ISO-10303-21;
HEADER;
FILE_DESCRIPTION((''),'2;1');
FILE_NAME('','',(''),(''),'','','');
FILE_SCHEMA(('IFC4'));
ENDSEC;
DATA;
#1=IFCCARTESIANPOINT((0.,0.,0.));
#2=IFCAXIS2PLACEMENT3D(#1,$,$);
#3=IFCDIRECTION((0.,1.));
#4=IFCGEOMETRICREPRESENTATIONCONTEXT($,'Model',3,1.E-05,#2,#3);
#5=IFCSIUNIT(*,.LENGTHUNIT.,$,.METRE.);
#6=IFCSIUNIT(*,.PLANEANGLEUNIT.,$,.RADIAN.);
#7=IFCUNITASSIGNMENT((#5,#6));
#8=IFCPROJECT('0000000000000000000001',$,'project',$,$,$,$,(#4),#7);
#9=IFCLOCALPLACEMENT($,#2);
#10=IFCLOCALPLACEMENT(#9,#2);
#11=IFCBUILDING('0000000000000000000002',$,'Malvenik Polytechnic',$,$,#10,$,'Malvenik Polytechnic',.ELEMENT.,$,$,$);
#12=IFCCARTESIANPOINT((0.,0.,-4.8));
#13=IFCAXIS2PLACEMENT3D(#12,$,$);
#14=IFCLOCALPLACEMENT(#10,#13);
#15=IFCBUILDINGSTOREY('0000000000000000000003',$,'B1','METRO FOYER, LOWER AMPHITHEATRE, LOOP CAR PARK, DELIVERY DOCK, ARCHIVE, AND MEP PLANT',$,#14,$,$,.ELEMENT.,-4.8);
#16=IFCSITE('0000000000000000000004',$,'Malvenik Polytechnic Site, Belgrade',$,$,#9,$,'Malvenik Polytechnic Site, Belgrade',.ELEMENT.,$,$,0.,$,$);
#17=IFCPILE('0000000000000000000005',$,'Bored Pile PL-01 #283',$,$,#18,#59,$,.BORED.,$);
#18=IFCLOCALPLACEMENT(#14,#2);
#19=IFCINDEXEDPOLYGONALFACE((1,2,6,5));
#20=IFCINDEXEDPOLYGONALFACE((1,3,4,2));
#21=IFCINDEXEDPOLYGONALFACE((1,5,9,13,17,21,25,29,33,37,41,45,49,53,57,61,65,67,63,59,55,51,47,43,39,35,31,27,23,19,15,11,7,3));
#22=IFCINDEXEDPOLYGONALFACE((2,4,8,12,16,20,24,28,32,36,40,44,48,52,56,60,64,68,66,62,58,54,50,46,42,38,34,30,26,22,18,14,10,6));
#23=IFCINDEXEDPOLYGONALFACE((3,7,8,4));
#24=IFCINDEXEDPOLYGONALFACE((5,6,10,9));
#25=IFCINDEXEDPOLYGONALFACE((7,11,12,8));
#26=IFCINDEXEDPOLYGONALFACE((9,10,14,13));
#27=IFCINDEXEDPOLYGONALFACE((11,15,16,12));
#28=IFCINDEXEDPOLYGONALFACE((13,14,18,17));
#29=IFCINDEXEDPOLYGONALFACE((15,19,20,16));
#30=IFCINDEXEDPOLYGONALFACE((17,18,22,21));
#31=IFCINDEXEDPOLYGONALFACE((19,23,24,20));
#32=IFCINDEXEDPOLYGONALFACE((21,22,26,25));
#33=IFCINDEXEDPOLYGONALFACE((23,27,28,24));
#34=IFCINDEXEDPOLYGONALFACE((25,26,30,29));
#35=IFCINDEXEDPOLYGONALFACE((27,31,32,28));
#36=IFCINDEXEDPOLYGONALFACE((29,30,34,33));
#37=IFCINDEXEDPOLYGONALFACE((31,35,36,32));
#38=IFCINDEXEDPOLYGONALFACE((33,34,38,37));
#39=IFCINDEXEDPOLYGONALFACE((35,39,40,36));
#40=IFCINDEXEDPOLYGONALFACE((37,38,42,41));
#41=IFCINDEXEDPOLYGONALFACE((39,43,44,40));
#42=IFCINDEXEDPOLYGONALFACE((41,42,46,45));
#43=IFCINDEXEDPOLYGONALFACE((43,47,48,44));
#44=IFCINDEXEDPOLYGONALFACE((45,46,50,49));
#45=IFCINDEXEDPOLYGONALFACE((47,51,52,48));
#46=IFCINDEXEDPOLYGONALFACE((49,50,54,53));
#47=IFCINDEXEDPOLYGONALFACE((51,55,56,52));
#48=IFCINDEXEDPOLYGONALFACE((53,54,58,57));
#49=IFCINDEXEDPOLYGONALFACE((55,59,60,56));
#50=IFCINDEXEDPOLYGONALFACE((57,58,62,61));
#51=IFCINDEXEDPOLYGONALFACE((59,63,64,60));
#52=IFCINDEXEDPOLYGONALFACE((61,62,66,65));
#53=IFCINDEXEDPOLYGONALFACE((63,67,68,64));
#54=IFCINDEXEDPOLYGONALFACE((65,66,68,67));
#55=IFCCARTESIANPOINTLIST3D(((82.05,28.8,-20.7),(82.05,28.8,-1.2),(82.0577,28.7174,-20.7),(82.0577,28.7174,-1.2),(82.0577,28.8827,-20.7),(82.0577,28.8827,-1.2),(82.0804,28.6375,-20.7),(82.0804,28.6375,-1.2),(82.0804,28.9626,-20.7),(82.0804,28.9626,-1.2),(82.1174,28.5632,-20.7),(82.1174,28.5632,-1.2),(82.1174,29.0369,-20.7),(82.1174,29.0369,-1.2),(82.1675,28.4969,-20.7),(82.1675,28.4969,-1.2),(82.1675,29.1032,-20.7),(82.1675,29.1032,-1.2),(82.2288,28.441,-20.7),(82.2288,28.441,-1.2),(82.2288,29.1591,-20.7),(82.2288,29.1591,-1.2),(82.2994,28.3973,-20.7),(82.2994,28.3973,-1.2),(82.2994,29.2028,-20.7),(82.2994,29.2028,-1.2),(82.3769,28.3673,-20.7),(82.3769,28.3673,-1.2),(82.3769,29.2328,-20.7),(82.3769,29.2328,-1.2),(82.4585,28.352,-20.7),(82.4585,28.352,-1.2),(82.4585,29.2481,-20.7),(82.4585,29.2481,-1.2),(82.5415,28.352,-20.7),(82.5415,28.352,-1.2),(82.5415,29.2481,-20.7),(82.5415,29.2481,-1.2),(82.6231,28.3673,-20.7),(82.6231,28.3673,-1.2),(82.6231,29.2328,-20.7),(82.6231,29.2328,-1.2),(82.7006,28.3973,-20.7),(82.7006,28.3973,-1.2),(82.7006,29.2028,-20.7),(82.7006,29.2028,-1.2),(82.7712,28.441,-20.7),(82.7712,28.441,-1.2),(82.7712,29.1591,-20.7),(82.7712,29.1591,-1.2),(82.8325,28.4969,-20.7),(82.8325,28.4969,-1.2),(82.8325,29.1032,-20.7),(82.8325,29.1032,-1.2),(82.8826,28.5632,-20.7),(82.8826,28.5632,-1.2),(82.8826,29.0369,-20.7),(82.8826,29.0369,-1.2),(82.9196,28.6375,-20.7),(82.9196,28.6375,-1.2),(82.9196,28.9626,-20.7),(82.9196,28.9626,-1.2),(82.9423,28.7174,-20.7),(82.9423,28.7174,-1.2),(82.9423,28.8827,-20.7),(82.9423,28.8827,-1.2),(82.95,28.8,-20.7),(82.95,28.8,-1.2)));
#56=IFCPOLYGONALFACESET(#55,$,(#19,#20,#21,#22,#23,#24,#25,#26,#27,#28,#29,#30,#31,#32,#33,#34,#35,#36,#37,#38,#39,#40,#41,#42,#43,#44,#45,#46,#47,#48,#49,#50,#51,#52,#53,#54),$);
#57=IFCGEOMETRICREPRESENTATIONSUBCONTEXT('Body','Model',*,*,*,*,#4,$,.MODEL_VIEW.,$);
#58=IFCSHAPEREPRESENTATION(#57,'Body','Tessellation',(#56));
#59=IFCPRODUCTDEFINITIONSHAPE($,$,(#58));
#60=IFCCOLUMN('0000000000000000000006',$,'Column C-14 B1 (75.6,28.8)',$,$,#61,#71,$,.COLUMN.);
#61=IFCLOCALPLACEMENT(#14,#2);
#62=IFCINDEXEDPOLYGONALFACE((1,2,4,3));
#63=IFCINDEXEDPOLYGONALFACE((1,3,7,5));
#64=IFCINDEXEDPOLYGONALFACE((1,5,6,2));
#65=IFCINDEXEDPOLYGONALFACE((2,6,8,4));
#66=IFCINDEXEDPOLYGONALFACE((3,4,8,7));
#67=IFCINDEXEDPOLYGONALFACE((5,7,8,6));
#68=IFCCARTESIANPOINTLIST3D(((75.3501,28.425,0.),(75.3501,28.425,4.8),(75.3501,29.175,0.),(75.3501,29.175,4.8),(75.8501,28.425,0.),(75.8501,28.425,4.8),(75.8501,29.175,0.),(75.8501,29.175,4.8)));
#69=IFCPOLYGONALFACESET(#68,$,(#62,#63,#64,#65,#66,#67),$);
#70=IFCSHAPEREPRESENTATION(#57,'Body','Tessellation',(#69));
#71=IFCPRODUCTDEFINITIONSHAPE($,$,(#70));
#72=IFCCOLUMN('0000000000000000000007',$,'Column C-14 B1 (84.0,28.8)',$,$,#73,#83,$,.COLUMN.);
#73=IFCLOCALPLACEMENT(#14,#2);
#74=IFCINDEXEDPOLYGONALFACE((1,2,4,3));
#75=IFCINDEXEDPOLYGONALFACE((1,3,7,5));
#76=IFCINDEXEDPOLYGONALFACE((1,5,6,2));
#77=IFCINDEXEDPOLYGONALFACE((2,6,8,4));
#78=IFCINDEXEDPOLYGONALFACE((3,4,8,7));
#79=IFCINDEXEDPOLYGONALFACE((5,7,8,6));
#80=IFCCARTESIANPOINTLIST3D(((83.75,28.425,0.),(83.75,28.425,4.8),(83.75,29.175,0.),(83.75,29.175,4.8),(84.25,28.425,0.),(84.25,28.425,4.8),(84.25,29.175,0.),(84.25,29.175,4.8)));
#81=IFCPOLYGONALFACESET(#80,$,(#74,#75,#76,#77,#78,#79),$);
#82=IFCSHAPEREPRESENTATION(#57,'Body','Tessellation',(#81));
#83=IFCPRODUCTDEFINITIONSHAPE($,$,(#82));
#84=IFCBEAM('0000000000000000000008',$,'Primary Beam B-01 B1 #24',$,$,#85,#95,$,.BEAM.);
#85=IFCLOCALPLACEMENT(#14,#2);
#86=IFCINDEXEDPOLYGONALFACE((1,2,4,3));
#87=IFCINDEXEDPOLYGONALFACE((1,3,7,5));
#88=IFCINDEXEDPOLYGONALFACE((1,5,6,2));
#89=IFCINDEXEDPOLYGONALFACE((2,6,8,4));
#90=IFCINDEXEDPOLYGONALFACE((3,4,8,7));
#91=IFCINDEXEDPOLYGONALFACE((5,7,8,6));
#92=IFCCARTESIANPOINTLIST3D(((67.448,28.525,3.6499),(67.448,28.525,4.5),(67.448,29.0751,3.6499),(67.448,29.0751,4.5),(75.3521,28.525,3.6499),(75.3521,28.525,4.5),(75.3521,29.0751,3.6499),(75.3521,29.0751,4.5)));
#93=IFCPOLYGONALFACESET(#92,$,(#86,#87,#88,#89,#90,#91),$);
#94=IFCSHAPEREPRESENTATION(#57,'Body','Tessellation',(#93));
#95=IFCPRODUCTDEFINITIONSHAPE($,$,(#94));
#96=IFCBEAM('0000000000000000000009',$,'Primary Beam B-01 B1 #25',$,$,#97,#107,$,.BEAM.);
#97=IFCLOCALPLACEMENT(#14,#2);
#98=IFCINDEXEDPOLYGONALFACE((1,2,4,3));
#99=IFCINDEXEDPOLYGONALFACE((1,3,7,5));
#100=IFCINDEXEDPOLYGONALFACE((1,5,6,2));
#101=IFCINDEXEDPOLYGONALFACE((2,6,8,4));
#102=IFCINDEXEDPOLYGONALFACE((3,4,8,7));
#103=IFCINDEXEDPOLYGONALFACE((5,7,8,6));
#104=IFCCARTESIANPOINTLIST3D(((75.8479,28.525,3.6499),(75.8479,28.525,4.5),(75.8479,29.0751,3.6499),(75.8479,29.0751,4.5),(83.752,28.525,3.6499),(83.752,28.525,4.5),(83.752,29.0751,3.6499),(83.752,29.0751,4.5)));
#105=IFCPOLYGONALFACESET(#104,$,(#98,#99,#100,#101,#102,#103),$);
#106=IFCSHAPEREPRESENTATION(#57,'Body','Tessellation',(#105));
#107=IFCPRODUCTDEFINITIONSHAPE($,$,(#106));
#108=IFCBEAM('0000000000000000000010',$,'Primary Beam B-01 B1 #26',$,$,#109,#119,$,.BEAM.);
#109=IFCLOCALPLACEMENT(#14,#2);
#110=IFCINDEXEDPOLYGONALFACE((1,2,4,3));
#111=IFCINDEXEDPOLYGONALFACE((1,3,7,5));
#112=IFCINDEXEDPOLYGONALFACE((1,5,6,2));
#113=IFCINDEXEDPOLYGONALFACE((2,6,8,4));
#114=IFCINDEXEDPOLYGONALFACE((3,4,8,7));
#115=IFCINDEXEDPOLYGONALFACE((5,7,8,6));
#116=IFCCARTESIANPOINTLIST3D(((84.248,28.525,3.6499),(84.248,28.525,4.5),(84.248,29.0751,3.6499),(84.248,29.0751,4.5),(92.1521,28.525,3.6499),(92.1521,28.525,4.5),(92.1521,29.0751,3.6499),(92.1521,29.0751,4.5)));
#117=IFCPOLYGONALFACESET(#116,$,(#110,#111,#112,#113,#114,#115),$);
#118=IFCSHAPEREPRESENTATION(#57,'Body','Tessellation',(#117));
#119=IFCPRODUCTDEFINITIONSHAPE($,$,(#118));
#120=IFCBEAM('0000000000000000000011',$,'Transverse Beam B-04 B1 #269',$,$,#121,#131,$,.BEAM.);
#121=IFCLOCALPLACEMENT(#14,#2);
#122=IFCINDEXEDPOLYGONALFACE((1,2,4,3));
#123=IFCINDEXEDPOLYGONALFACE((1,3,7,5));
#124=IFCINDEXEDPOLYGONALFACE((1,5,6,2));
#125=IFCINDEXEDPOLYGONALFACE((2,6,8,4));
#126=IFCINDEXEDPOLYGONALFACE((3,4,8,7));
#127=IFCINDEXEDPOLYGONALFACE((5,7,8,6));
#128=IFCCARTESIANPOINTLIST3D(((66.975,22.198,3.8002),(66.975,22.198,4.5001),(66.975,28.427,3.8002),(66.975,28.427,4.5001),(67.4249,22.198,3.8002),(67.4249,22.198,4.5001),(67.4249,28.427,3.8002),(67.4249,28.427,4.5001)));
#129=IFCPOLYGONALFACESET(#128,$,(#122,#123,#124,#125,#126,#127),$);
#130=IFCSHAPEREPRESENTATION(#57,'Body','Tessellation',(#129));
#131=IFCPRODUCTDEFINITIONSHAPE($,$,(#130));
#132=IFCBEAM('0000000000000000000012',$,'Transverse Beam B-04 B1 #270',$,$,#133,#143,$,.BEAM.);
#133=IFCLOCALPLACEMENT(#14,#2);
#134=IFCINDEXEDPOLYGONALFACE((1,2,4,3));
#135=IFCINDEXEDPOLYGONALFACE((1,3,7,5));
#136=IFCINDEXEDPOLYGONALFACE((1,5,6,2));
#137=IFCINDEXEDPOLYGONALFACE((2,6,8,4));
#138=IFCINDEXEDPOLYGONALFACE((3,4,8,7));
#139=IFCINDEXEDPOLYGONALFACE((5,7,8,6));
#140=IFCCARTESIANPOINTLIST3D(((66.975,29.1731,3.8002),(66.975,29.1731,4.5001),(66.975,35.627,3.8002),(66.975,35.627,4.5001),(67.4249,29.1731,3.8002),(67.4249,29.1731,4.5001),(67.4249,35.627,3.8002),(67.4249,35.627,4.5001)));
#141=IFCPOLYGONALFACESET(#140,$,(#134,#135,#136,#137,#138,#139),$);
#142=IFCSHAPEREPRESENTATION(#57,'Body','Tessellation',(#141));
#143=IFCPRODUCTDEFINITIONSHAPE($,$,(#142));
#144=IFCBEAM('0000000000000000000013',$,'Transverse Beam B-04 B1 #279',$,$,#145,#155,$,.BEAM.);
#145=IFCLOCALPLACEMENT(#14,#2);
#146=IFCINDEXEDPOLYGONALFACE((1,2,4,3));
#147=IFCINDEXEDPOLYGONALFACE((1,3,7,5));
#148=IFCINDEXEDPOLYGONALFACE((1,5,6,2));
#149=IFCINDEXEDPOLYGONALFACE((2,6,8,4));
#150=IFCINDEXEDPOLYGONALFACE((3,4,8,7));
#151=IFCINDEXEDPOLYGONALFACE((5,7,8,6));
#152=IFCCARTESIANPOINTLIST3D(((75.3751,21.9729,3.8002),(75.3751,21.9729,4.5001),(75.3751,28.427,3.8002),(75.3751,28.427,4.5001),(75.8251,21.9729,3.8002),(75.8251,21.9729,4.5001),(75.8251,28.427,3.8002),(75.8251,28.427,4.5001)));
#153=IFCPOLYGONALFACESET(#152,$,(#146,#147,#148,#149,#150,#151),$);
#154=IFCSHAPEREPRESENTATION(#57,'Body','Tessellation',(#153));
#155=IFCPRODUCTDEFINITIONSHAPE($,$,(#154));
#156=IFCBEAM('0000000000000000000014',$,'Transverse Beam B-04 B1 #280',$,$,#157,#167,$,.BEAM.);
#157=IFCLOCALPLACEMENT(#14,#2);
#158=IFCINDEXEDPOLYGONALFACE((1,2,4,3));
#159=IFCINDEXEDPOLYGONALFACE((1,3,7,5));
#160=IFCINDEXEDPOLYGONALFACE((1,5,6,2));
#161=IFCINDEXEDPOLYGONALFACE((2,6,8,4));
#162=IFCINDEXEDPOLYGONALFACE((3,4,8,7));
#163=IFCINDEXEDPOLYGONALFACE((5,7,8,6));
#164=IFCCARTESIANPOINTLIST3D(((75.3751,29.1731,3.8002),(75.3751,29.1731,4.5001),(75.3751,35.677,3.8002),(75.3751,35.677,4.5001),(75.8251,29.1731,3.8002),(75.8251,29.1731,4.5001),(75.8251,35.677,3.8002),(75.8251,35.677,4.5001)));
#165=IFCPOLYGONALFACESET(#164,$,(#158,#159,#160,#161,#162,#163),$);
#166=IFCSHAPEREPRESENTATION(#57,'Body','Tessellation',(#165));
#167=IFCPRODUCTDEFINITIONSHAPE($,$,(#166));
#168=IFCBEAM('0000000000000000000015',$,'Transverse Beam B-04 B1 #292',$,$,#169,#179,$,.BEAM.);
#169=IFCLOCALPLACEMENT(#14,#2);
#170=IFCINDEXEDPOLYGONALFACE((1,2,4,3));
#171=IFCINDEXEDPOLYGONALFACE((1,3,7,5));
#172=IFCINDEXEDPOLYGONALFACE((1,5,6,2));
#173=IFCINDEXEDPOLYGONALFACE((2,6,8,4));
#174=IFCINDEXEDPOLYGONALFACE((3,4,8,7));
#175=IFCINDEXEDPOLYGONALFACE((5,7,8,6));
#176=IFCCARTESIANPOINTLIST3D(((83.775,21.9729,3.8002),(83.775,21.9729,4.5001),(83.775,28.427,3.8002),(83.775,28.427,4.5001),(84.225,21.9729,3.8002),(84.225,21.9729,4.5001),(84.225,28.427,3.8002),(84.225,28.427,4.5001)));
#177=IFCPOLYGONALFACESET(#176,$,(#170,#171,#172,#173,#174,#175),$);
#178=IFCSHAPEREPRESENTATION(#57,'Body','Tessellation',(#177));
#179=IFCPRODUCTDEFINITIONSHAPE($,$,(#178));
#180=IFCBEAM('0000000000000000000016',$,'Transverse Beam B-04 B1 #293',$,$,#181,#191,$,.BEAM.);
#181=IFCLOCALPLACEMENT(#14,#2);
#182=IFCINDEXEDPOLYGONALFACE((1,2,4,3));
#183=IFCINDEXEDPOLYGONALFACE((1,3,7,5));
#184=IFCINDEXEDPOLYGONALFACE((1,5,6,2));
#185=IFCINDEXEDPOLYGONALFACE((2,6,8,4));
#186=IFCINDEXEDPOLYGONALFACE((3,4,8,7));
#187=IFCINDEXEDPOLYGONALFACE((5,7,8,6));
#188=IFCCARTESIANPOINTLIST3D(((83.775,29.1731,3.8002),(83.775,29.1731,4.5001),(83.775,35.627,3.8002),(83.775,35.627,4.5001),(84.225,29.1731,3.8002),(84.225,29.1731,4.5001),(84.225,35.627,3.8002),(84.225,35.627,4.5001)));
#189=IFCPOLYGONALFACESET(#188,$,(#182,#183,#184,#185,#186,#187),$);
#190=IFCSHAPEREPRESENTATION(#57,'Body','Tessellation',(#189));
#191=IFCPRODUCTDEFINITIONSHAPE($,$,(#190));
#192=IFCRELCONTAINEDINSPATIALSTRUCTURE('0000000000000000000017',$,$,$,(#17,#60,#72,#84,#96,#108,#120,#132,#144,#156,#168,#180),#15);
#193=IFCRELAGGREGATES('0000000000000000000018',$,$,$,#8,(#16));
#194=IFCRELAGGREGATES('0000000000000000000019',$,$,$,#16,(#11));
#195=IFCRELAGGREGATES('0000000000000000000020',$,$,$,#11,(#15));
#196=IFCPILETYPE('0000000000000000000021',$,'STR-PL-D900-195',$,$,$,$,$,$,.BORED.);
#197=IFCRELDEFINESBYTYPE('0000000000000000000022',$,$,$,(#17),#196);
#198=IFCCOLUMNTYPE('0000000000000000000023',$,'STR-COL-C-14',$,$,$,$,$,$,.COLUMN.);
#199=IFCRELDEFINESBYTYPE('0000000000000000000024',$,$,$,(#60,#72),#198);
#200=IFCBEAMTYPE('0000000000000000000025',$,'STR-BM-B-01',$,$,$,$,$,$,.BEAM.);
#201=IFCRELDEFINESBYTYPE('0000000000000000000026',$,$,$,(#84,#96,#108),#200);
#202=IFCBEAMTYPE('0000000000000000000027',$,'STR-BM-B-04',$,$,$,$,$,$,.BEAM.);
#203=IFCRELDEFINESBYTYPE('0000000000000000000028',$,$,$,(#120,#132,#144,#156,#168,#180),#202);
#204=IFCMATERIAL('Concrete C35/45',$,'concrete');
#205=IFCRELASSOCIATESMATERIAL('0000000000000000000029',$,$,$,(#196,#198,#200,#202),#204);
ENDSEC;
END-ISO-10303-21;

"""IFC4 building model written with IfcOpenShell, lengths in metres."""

from ifc_helpers import new_model, si_unit, direction, frame, origin, origin_2d, place, context, subcontext, project, spatial, rectangle, circle, extrude, material, material_profile, profile_set, type_object, element, save


model = new_model("IFC4")

# Units and contexts
model_context = context("Model", 3, precision=1e-05, world=origin(), true_north=direction((0.0, 1.0)))
body_context = subcontext(model_context, "Body", "Model", "MODEL_VIEW")
ifc_project = project(units=[si_unit("LENGTHUNIT", "METRE"), si_unit("PLANEANGLEUNIT", "RADIAN")], contexts=[model_context])

# Site, building, storey
site_placement = place(None, origin())
site = spatial("IfcSite", under=ifc_project, at=site_placement, Name="Malvenik Polytechnic Site, Belgrade", LongName="Malvenik Polytechnic Site, Belgrade", CompositionType="ELEMENT", RefElevation=0.0)
building_placement = place(site_placement, origin())
building = spatial("IfcBuilding", under=site, at=building_placement, Name="Malvenik Polytechnic", LongName="Malvenik Polytechnic", CompositionType="ELEMENT")
storey_placement = place(building_placement, frame((0.0, 0.0, -4.8)))
storey = spatial("IfcBuildingStorey", under=building, at=storey_placement, Name="B1", Description="METRO FOYER, LOWER AMPHITHEATRE, LOOP CAR PARK, DELIVERY DOCK, ARCHIVE, AND MEP PLANT", CompositionType="ELEMENT", Elevation=-4.8)

# Shared definitions
ifc_material_1 = material(Name="Concrete C35/45", Category="concrete")

# Pile
ifc_material_profile_1 = material_profile(ifc_material_1, circle(Radius=0.45, at=origin_2d()), Name="BORED PILE D900")
ifc_profile_set_1 = profile_set([ifc_material_profile_1], Name="Concrete C35/45")
pile_type_1 = type_object("IfcPileType", Name="STR-PL-D900-195", PredefinedType="BORED", material=ifc_profile_set_1)
for number, where, z_axis, x_axis, name in (
    (1, (82.5, 28.8, -1.2), (0.0, 0.0, -1.0), (1.0, 0.0, 0.0), "Bored Pile PL-01 #283"),
):
    element("IfcPile", number, at=place(storey_placement, frame(where, z_axis=z_axis, x_axis=x_axis)), inside=storey, type_object=pile_type_1, Name=name, PredefinedType="BORED", context=body_context, shape_type="SweptSolid", body=[
        extrude(circle(Radius=0.45, at=origin_2d()), origin(), (0.0, 0.0, 1.0), 19.5),
    ])

# Columns
ifc_material_profile_2 = material_profile(ifc_material_1, rectangle(XDim=0.5, YDim=0.75, at=origin_2d()), Name="RC COL 750x500")
ifc_profile_set_2 = profile_set([ifc_material_profile_2], Name="Concrete C35/45")
column_type = type_object("IfcColumnType", Name="STR-COL-C-14", PredefinedType="COLUMN", material=ifc_profile_set_2)
for number, where, z_axis, x_axis, name in (
    (2, (75.6001, 28.8, 0.0), (0.0, 0.0, 1.0), (1.0, 0.0, 0.0), "Column C-14 B1 (75.6,28.8)"),
    (3, (84.0, 28.8, 0.0), (0.0, 0.0, 1.0), (1.0, 0.0, 0.0), "Column C-14 B1 (84.0,28.8)"),
):
    element("IfcColumn", number, at=place(storey_placement, frame(where, z_axis=z_axis, x_axis=x_axis)), inside=storey, type_object=column_type, Name=name, PredefinedType="COLUMN", context=body_context, shape_type="SweptSolid", body=[
        extrude(rectangle(XDim=0.5, YDim=0.75, at=origin_2d()), origin(), (0.0, 0.0, 1.0), 4.8),
    ])

# Beams
ifc_material_profile_3 = material_profile(ifc_material_1, rectangle(XDim=0.55, YDim=0.8501, at=origin_2d()), Name="RC BM 550x850")
ifc_profile_set_3 = profile_set([ifc_material_profile_3], Name="Concrete C35/45")
beam_type_1 = type_object("IfcBeamType", Name="STR-BM-B-01", PredefinedType="BEAM", material=ifc_profile_set_3)
for number, where, z_axis, x_axis, name in (
    (4, (67.448, 28.8, 4.075), (1.0, 0.0, 0.0), (0.0, 1.0, 0.0), "Primary Beam B-01 B1 #24"),
    (5, (75.8479, 28.8, 4.075), (1.0, 0.0, 0.0), (0.0, 1.0, 0.0), "Primary Beam B-01 B1 #25"),
    (6, (84.248, 28.8, 4.075), (1.0, 0.0, 0.0), (0.0, 1.0, 0.0), "Primary Beam B-01 B1 #26"),
):
    element("IfcBeam", number, at=place(storey_placement, frame(where, z_axis=z_axis, x_axis=x_axis)), inside=storey, type_object=beam_type_1, Name=name, PredefinedType="BEAM", context=body_context, shape_type="SweptSolid", body=[
        extrude(rectangle(XDim=0.55, YDim=0.8501, at=origin_2d()), origin(), (0.0, 0.0, 1.0), 7.9041),
    ])
ifc_material_profile_4 = material_profile(ifc_material_1, rectangle(XDim=0.45, YDim=0.7, at=origin_2d()), Name="RC BM 450x700")
ifc_profile_set_4 = profile_set([ifc_material_profile_4], Name="Concrete C35/45")
beam_type_2 = type_object("IfcBeamType", Name="STR-BM-B-04", PredefinedType="BEAM", material=ifc_profile_set_4)
beam_1_placement = place(storey_placement, frame((67.2, 22.198, 4.1501), z_axis=(0.0, 1.0, 0.0), x_axis=(-1.0, 0.0, 0.0)))
element("IfcBeam", 7, at=beam_1_placement, inside=storey, type_object=beam_type_2, Name="Transverse Beam B-04 B1 #269", PredefinedType="BEAM", context=body_context, shape_type="SweptSolid", body=[
    extrude(rectangle(XDim=0.45, YDim=0.7, at=origin_2d()), origin(), (0.0, 0.0, 1.0), 6.229),
])
beam_2_placement = place(storey_placement, frame((67.2, 29.1731, 4.1501), z_axis=(0.0, 1.0, 0.0), x_axis=(-1.0, 0.0, 0.0)))
element("IfcBeam", 8, at=beam_2_placement, inside=storey, type_object=beam_type_2, Name="Transverse Beam B-04 B1 #270", PredefinedType="BEAM", context=body_context, shape_type="SweptSolid", body=[
    extrude(rectangle(XDim=0.45, YDim=0.7, at=origin_2d()), origin(), (0.0, 0.0, 1.0), 6.4539),
])
beam_3_placement = place(storey_placement, frame((75.6001, 21.9729, 4.1501), z_axis=(0.0, 1.0, 0.0), x_axis=(-1.0, 0.0, 0.0)))
element("IfcBeam", 9, at=beam_3_placement, inside=storey, type_object=beam_type_2, Name="Transverse Beam B-04 B1 #279", PredefinedType="BEAM", context=body_context, shape_type="SweptSolid", body=[
    extrude(rectangle(XDim=0.45, YDim=0.7, at=origin_2d()), origin(), (0.0, 0.0, 1.0), 6.4541),
])
beam_4_placement = place(storey_placement, frame((75.6001, 29.1731, 4.1501), z_axis=(0.0, 1.0, 0.0), x_axis=(-1.0, 0.0, 0.0)))
element("IfcBeam", 10, at=beam_4_placement, inside=storey, type_object=beam_type_2, Name="Transverse Beam B-04 B1 #280", PredefinedType="BEAM", context=body_context, shape_type="SweptSolid", body=[
    extrude(rectangle(XDim=0.45, YDim=0.7, at=origin_2d()), origin(), (0.0, 0.0, 1.0), 6.5039),
])
beam_5_placement = place(storey_placement, frame((84.0, 21.9729, 4.1501), z_axis=(0.0, 1.0, 0.0), x_axis=(-1.0, 0.0, 0.0)))
element("IfcBeam", 11, at=beam_5_placement, inside=storey, type_object=beam_type_2, Name="Transverse Beam B-04 B1 #292", PredefinedType="BEAM", context=body_context, shape_type="SweptSolid", body=[
    extrude(rectangle(XDim=0.45, YDim=0.7, at=origin_2d()), origin(), (0.0, 0.0, 1.0), 6.4541),
])
beam_6_placement = place(storey_placement, frame((84.0, 29.1731, 4.1501), z_axis=(0.0, 1.0, 0.0), x_axis=(-1.0, 0.0, 0.0)))
element("IfcBeam", 12, at=beam_6_placement, inside=storey, type_object=beam_type_2, Name="Transverse Beam B-04 B1 #293", PredefinedType="BEAM", context=body_context, shape_type="SweptSolid", body=[
    extrude(rectangle(XDim=0.45, YDim=0.7, at=origin_2d()), origin(), (0.0, 0.0, 1.0), 6.4539),
])

save(model, "model.ifc")
